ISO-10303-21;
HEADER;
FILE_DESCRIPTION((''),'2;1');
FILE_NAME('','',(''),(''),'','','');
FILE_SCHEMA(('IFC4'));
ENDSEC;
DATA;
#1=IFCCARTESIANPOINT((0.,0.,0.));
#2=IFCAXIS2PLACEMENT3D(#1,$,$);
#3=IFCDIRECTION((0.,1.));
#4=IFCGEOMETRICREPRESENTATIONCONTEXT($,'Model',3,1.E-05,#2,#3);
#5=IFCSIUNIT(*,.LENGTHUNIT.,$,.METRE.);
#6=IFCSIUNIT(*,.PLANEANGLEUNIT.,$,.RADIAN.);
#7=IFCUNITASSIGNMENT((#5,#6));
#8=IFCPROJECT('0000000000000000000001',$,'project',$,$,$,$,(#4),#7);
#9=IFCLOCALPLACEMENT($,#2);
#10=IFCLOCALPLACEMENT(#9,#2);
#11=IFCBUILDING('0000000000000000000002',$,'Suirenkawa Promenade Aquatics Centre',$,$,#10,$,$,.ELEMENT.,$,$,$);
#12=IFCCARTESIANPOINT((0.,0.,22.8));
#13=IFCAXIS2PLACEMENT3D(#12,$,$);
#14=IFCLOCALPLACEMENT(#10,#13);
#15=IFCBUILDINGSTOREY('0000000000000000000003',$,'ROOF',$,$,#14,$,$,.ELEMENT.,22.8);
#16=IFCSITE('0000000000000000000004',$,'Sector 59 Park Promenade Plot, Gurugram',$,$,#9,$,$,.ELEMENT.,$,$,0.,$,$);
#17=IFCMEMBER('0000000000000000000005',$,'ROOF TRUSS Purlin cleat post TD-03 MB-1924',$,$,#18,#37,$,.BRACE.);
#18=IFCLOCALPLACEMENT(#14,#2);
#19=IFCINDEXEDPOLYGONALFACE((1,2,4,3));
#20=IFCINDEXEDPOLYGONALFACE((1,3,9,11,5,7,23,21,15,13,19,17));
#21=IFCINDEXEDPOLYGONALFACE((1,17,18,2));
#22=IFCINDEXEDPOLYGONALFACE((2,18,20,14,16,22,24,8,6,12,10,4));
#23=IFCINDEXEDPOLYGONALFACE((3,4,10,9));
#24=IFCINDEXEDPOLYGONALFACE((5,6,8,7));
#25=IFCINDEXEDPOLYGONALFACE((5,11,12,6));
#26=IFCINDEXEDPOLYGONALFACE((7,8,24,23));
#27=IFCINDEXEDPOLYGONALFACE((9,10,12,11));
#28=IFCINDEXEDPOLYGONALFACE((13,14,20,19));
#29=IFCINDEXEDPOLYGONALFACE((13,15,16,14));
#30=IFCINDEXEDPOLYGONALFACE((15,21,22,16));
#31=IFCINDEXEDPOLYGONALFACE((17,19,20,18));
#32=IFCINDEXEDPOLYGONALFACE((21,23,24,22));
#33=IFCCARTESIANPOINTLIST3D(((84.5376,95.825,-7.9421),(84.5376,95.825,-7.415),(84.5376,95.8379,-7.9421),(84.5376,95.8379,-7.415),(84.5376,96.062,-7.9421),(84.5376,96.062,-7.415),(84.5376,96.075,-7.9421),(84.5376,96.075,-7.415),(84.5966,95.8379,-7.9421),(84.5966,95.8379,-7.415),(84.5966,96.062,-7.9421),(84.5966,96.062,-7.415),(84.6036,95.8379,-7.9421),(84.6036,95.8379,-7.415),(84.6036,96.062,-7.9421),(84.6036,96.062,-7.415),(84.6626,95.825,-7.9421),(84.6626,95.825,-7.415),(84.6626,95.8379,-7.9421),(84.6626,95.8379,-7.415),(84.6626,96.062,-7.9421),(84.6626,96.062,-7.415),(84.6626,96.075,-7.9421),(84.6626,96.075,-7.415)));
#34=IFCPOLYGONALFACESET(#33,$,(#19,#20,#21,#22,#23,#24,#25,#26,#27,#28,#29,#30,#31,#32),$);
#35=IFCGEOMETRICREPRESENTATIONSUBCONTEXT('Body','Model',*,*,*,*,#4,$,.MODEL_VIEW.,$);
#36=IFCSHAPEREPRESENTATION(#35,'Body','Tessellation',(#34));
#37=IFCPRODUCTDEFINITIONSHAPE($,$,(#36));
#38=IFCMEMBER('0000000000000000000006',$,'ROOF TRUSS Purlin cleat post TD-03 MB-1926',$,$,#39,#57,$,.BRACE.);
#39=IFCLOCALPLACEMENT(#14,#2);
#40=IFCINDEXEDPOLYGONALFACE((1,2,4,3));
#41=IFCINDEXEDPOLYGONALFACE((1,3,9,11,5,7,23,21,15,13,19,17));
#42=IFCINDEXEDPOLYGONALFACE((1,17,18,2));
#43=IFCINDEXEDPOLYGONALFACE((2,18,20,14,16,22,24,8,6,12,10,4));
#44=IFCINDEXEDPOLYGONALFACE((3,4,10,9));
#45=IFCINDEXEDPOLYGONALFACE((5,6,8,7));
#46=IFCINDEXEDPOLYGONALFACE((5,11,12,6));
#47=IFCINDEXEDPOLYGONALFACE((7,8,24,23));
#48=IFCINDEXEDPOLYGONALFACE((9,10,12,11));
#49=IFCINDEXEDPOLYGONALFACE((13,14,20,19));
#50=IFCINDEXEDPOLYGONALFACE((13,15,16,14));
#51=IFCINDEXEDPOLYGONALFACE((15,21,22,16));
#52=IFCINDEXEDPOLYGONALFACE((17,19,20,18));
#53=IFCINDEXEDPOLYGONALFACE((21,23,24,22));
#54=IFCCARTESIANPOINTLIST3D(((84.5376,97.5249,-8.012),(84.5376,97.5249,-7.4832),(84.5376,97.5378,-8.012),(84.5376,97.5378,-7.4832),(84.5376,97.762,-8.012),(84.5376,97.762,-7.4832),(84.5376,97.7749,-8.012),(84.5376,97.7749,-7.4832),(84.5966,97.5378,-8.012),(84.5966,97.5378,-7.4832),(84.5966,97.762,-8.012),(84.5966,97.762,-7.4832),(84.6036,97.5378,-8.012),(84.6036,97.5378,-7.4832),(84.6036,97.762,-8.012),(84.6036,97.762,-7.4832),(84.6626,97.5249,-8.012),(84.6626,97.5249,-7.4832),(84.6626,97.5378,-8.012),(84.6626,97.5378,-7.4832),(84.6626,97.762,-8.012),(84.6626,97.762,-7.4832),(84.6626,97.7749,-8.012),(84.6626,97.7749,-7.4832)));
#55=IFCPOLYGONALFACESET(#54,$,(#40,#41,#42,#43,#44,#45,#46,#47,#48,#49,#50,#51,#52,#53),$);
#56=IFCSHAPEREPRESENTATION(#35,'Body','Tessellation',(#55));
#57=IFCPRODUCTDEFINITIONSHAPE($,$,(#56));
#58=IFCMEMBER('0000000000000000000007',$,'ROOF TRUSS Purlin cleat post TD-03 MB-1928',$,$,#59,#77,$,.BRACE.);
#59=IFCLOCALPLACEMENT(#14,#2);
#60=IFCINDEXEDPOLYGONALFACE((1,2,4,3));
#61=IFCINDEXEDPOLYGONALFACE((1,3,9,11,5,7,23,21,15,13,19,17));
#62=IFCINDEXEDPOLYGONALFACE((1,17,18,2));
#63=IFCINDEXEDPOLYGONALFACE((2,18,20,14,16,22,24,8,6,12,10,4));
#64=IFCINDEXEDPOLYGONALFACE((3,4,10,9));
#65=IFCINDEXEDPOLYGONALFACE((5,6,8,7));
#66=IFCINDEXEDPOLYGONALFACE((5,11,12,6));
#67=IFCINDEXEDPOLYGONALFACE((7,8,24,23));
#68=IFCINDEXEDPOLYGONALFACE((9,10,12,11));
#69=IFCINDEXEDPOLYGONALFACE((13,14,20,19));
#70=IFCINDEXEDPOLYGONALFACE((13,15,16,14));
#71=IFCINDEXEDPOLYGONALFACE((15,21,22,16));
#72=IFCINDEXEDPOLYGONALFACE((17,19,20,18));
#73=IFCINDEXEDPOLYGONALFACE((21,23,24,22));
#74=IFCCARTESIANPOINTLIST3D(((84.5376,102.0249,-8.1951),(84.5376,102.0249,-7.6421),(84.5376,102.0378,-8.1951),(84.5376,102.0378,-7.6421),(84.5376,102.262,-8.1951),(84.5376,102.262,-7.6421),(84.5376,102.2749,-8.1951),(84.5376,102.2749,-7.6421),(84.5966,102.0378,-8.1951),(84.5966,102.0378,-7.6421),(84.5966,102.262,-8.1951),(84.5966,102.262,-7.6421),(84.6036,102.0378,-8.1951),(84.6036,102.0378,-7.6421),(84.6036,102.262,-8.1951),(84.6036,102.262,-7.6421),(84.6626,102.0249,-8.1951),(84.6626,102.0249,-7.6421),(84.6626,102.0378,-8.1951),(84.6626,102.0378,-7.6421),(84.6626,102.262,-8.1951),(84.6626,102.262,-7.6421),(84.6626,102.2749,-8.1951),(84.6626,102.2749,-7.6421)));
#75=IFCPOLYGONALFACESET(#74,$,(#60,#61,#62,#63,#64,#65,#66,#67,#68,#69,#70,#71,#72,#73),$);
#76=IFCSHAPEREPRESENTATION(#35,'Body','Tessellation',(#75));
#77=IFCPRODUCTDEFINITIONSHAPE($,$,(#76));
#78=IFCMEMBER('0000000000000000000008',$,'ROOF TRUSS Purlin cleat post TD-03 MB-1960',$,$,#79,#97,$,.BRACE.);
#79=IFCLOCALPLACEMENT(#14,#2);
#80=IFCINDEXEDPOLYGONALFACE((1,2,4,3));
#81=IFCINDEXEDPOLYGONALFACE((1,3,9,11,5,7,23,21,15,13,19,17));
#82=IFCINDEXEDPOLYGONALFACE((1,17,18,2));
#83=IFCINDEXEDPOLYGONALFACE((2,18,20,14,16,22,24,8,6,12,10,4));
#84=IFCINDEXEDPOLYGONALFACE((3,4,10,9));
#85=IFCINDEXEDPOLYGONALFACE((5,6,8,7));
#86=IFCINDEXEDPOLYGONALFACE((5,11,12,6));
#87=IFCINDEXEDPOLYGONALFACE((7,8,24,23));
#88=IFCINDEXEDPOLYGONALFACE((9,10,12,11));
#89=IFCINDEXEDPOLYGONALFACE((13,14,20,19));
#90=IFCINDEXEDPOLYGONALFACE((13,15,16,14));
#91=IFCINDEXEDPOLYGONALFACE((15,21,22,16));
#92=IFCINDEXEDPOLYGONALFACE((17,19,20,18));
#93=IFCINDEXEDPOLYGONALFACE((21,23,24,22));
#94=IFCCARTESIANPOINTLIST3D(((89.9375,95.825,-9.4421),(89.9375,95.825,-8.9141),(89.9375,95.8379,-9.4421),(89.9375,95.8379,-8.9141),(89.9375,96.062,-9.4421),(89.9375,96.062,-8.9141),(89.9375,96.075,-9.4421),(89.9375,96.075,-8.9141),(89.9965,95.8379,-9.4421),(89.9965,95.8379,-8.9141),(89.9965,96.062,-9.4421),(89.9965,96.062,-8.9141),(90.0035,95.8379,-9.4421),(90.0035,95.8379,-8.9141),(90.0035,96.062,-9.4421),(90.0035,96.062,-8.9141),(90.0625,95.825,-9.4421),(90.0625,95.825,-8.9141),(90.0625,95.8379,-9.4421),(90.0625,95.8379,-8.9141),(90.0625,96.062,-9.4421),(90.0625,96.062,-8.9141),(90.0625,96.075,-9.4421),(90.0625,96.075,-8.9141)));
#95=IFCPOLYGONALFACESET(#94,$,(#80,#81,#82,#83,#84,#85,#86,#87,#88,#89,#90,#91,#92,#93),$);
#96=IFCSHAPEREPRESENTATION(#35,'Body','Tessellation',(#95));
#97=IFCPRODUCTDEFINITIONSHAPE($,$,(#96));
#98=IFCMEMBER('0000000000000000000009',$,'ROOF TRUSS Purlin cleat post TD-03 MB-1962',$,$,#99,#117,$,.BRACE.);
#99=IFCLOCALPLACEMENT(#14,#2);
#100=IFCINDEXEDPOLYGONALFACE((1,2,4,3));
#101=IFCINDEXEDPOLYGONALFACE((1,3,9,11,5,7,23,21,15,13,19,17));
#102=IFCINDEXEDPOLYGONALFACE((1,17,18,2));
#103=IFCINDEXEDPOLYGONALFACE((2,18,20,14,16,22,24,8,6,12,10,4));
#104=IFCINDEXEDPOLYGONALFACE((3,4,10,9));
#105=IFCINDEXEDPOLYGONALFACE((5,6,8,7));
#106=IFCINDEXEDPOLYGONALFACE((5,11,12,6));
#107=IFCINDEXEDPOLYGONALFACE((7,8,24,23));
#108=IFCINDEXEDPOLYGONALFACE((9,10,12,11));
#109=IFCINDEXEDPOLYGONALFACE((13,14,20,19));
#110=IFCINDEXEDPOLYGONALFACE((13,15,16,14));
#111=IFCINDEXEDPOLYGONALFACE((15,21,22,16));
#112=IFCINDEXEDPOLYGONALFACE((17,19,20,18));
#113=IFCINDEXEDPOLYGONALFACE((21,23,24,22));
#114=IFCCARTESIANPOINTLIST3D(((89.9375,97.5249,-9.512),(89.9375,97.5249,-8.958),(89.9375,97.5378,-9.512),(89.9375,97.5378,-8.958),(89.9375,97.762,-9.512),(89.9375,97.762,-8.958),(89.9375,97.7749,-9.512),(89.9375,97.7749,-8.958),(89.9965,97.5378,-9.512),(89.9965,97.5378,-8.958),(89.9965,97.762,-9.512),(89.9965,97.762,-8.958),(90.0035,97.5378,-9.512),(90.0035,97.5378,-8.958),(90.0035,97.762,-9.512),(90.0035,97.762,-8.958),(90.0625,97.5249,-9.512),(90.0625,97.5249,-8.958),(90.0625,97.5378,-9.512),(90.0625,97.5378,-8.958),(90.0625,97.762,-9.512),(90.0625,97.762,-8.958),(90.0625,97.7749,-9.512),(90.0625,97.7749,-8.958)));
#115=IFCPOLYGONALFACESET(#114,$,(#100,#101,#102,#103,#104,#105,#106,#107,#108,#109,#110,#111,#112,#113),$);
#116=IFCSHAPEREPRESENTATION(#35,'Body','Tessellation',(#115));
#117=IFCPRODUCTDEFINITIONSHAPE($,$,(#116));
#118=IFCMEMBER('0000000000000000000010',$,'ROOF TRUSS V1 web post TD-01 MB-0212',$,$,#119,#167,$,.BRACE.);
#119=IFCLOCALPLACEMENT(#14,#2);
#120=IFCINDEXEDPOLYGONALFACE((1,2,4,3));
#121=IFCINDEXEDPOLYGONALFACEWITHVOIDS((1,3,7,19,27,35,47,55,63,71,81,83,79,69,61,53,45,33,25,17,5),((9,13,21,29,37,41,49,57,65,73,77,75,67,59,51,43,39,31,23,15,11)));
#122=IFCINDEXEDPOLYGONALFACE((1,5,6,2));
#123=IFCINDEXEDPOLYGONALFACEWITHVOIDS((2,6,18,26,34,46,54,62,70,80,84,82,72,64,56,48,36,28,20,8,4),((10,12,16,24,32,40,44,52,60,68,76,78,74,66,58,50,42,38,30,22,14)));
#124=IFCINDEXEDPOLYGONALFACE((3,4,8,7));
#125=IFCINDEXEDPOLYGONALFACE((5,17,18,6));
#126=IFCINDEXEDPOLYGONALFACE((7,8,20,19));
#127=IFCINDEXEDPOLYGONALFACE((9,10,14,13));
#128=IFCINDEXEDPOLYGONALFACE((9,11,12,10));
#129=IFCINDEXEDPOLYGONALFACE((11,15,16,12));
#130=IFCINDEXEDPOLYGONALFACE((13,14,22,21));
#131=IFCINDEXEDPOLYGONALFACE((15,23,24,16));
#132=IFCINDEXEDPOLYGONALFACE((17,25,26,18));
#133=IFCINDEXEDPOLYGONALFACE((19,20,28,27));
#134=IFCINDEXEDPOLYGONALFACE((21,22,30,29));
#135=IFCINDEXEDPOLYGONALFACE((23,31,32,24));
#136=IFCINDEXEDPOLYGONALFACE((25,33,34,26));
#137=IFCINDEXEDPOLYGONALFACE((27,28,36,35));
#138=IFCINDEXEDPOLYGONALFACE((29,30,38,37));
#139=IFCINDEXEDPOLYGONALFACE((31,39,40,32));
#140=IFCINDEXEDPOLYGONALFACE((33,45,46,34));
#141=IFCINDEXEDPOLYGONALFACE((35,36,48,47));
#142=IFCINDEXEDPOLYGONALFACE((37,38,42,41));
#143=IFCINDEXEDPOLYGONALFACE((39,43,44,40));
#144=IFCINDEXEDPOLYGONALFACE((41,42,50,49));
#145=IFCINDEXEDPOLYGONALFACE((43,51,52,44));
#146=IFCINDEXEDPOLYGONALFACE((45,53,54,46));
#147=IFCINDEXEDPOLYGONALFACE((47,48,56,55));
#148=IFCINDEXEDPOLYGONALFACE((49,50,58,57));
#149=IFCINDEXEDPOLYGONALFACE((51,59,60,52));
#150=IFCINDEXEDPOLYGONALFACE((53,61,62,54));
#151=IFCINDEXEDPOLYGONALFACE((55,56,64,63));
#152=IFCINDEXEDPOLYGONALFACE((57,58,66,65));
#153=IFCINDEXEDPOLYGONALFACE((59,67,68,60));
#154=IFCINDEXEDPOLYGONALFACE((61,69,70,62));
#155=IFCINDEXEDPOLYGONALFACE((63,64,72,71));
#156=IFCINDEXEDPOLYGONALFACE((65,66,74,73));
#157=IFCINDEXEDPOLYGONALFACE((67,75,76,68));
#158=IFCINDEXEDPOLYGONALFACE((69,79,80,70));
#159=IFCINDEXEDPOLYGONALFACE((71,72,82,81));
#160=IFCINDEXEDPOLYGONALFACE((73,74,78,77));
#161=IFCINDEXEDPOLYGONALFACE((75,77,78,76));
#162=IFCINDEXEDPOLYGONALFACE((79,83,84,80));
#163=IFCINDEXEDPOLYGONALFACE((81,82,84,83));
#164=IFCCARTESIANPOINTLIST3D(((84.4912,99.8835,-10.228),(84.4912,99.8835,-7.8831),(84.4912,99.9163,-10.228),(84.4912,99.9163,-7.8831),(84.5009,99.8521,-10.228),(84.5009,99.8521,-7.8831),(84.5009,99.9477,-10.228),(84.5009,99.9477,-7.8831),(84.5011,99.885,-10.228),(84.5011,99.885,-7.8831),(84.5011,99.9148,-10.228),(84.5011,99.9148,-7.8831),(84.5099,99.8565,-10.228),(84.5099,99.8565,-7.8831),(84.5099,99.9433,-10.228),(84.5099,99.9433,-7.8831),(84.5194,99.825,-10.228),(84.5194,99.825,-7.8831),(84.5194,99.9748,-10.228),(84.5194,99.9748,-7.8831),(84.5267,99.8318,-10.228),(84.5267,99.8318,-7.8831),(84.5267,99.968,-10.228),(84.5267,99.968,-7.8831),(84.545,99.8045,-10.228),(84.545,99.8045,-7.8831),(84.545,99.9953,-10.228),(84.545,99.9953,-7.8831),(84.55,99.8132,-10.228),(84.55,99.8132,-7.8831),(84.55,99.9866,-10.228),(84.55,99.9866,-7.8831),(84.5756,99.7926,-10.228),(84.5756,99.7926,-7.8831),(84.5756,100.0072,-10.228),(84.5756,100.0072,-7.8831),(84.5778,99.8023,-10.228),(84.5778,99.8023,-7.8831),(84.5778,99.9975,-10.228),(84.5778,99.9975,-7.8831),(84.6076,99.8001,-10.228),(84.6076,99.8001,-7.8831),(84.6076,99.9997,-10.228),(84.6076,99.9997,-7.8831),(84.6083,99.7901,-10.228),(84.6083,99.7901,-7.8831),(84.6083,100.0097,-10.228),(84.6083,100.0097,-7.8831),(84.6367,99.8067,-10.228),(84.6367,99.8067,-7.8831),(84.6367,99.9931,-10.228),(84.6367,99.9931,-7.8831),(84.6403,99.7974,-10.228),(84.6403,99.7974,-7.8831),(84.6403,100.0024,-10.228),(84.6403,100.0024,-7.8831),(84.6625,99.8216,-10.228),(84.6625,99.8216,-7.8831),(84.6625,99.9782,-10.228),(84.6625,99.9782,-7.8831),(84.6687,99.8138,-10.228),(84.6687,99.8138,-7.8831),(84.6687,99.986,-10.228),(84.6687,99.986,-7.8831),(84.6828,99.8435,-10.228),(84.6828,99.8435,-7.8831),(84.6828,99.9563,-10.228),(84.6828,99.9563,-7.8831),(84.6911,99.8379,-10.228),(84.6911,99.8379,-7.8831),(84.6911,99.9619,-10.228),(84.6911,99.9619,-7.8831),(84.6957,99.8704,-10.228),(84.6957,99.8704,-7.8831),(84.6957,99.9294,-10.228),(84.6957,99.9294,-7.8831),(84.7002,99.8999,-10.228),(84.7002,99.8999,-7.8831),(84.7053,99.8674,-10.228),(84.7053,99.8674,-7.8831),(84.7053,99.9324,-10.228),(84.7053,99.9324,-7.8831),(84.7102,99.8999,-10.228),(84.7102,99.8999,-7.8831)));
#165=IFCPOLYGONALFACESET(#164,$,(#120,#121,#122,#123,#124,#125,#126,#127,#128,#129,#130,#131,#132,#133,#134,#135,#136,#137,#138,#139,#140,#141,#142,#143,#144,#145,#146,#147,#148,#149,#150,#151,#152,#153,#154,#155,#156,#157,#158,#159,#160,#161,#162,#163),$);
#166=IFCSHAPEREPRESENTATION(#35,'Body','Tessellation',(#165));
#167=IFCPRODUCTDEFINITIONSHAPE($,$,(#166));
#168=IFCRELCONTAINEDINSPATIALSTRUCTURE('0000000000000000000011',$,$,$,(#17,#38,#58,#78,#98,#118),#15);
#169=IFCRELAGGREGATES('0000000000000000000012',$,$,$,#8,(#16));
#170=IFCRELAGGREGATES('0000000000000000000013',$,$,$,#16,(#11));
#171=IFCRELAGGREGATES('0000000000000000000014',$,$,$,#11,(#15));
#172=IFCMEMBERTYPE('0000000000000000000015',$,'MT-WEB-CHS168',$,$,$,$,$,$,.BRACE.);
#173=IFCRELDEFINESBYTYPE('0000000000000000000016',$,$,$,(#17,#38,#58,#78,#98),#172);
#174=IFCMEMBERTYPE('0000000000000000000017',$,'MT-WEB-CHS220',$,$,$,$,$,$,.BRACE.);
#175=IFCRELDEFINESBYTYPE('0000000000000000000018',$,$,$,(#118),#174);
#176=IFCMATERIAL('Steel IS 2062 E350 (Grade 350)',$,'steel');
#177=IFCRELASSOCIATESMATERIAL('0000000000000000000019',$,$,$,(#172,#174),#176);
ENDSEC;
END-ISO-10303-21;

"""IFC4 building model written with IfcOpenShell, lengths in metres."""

from ifc_helpers import new_model, si_unit, direction, frame, origin, origin_2d, place, context, subcontext, project, spatial, hollow_circle, i_section, extrude, material, material_profile, profile_set, type_object, element, save


model = new_model("IFC4")

# Units and contexts
model_context = context("Model", 3, precision=1e-05, world=origin(), true_north=direction((0.0, 1.0)))
body_context = subcontext(model_context, "Body", "Model", "MODEL_VIEW")
ifc_project = project(units=[si_unit("LENGTHUNIT", "METRE"), si_unit("PLANEANGLEUNIT", "RADIAN")], contexts=[model_context])

# Site, building, storey
site_placement = place(None, origin())
site = spatial("IfcSite", under=ifc_project, at=site_placement, Name="Sector 59 Park Promenade Plot, Gurugram", CompositionType="ELEMENT", RefElevation=0.0)
building_placement = place(site_placement, origin())
building = spatial("IfcBuilding", under=site, at=building_placement, Name="Suirenkawa Promenade Aquatics Centre", CompositionType="ELEMENT")
storey_placement = place(building_placement, frame((0.0, 0.0, 22.8)))
storey = spatial("IfcBuildingStorey", under=building, at=storey_placement, Name="ROOF", CompositionType="ELEMENT", Elevation=22.8)

# Shared definitions
ifc_material_1 = material(Name="Steel IS 2062 E350 (Grade 350)", Category="steel")

# Members
ifc_material_profile_1 = material_profile(ifc_material_1, i_section(OverallWidth=0.125, OverallDepth=0.25, WebThickness=0.0071, FlangeThickness=0.0129, at=origin_2d()), Name="ISMB 250", Category="steel")
ifc_profile_set_1 = profile_set([ifc_material_profile_1], Name="Steel IS 2062 E350 (Grade 350)")
member_type_1 = type_object("IfcMemberType", Name="MT-WEB-CHS168", PredefinedType="BRACE", material=ifc_profile_set_1)
member_1_placement = place(storey_placement, frame((84.6001, 95.95, -7.9421), z_axis=(0.0, 0.0, 1.0), x_axis=(1.0, 0.0, 0.0)))
element("IfcMember", 1, at=member_1_placement, inside=storey, type_object=member_type_1, Name="ROOF TRUSS Purlin cleat post TD-03 MB-1924", PredefinedType="BRACE", context=body_context, shape_type="SweptSolid", body=[
    extrude(i_section(OverallWidth=0.125, OverallDepth=0.25, WebThickness=0.0071, FlangeThickness=0.0129, at=origin_2d()), origin(), (0.0, 0.0, 1.0), 0.5271),
])
member_2_placement = place(storey_placement, frame((84.6001, 97.6499, -8.012), z_axis=(0.0, 0.0, 1.0), x_axis=(1.0, 0.0, 0.0)))
element("IfcMember", 2, at=member_2_placement, inside=storey, type_object=member_type_1, Name="ROOF TRUSS Purlin cleat post TD-03 MB-1926", PredefinedType="BRACE", context=body_context, shape_type="SweptSolid", body=[
    extrude(i_section(OverallWidth=0.125, OverallDepth=0.25, WebThickness=0.0071, FlangeThickness=0.0129, at=origin_2d()), origin(), (0.0, 0.0, 1.0), 0.5288),
])
member_3_placement = place(storey_placement, frame((84.6001, 102.1499, -8.1951), z_axis=(0.0, 0.0, 1.0), x_axis=(1.0, 0.0, 0.0)))
element("IfcMember", 3, at=member_3_placement, inside=storey, type_object=member_type_1, Name="ROOF TRUSS Purlin cleat post TD-03 MB-1928", PredefinedType="BRACE", context=body_context, shape_type="SweptSolid", body=[
    extrude(i_section(OverallWidth=0.125, OverallDepth=0.25, WebThickness=0.0071, FlangeThickness=0.0129, at=origin_2d()), origin(), (0.0, 0.0, 1.0), 0.553),
])
member_4_placement = place(storey_placement, frame((90.0, 95.95, -9.4421), z_axis=(0.0, 0.0, 1.0), x_axis=(1.0, 0.0, 0.0)))
element("IfcMember", 4, at=member_4_placement, inside=storey, type_object=member_type_1, Name="ROOF TRUSS Purlin cleat post TD-03 MB-1960", PredefinedType="BRACE", context=body_context, shape_type="SweptSolid", body=[
    extrude(i_section(OverallWidth=0.125, OverallDepth=0.25, WebThickness=0.0071, FlangeThickness=0.0129, at=origin_2d()), origin(), (0.0, 0.0, 1.0), 0.5281),
])
member_5_placement = place(storey_placement, frame((90.0, 97.6499, -9.512), z_axis=(0.0, 0.0, 1.0), x_axis=(1.0, 0.0, 0.0)))
element("IfcMember", 5, at=member_5_placement, inside=storey, type_object=member_type_1, Name="ROOF TRUSS Purlin cleat post TD-03 MB-1962", PredefinedType="BRACE", context=body_context, shape_type="SweptSolid", body=[
    extrude(i_section(OverallWidth=0.125, OverallDepth=0.25, WebThickness=0.0071, FlangeThickness=0.0129, at=origin_2d()), origin(), (0.0, 0.0, 1.0), 0.554),
])
ifc_material_profile_2 = material_profile(ifc_material_1, hollow_circle(Radius=0.1101, WallThickness=0.01, at=origin_2d()), Name="CHS 220x10", Category="steel")
ifc_profile_set_2 = profile_set([ifc_material_profile_2], Name="Steel IS 2062 E350 (Grade 350)")
member_type_2 = type_object("IfcMemberType", Name="MT-WEB-CHS220", PredefinedType="BRACE", material=ifc_profile_set_2)
member_6_placement = place(storey_placement, frame((84.6001, 99.8999, -10.228), z_axis=(0.0, 0.0, 1.0), x_axis=(1.0, 0.0, 0.0)))
element("IfcMember", 6, at=member_6_placement, inside=storey, type_object=member_type_2, Name="ROOF TRUSS V1 web post TD-01 MB-0212", PredefinedType="BRACE", context=body_context, shape_type="SweptSolid", body=[
    extrude(hollow_circle(Radius=0.1101, WallThickness=0.01, at=origin_2d()), origin(), (0.0, 0.0, 1.0), 2.345),
])

save(model, "model.ifc")
